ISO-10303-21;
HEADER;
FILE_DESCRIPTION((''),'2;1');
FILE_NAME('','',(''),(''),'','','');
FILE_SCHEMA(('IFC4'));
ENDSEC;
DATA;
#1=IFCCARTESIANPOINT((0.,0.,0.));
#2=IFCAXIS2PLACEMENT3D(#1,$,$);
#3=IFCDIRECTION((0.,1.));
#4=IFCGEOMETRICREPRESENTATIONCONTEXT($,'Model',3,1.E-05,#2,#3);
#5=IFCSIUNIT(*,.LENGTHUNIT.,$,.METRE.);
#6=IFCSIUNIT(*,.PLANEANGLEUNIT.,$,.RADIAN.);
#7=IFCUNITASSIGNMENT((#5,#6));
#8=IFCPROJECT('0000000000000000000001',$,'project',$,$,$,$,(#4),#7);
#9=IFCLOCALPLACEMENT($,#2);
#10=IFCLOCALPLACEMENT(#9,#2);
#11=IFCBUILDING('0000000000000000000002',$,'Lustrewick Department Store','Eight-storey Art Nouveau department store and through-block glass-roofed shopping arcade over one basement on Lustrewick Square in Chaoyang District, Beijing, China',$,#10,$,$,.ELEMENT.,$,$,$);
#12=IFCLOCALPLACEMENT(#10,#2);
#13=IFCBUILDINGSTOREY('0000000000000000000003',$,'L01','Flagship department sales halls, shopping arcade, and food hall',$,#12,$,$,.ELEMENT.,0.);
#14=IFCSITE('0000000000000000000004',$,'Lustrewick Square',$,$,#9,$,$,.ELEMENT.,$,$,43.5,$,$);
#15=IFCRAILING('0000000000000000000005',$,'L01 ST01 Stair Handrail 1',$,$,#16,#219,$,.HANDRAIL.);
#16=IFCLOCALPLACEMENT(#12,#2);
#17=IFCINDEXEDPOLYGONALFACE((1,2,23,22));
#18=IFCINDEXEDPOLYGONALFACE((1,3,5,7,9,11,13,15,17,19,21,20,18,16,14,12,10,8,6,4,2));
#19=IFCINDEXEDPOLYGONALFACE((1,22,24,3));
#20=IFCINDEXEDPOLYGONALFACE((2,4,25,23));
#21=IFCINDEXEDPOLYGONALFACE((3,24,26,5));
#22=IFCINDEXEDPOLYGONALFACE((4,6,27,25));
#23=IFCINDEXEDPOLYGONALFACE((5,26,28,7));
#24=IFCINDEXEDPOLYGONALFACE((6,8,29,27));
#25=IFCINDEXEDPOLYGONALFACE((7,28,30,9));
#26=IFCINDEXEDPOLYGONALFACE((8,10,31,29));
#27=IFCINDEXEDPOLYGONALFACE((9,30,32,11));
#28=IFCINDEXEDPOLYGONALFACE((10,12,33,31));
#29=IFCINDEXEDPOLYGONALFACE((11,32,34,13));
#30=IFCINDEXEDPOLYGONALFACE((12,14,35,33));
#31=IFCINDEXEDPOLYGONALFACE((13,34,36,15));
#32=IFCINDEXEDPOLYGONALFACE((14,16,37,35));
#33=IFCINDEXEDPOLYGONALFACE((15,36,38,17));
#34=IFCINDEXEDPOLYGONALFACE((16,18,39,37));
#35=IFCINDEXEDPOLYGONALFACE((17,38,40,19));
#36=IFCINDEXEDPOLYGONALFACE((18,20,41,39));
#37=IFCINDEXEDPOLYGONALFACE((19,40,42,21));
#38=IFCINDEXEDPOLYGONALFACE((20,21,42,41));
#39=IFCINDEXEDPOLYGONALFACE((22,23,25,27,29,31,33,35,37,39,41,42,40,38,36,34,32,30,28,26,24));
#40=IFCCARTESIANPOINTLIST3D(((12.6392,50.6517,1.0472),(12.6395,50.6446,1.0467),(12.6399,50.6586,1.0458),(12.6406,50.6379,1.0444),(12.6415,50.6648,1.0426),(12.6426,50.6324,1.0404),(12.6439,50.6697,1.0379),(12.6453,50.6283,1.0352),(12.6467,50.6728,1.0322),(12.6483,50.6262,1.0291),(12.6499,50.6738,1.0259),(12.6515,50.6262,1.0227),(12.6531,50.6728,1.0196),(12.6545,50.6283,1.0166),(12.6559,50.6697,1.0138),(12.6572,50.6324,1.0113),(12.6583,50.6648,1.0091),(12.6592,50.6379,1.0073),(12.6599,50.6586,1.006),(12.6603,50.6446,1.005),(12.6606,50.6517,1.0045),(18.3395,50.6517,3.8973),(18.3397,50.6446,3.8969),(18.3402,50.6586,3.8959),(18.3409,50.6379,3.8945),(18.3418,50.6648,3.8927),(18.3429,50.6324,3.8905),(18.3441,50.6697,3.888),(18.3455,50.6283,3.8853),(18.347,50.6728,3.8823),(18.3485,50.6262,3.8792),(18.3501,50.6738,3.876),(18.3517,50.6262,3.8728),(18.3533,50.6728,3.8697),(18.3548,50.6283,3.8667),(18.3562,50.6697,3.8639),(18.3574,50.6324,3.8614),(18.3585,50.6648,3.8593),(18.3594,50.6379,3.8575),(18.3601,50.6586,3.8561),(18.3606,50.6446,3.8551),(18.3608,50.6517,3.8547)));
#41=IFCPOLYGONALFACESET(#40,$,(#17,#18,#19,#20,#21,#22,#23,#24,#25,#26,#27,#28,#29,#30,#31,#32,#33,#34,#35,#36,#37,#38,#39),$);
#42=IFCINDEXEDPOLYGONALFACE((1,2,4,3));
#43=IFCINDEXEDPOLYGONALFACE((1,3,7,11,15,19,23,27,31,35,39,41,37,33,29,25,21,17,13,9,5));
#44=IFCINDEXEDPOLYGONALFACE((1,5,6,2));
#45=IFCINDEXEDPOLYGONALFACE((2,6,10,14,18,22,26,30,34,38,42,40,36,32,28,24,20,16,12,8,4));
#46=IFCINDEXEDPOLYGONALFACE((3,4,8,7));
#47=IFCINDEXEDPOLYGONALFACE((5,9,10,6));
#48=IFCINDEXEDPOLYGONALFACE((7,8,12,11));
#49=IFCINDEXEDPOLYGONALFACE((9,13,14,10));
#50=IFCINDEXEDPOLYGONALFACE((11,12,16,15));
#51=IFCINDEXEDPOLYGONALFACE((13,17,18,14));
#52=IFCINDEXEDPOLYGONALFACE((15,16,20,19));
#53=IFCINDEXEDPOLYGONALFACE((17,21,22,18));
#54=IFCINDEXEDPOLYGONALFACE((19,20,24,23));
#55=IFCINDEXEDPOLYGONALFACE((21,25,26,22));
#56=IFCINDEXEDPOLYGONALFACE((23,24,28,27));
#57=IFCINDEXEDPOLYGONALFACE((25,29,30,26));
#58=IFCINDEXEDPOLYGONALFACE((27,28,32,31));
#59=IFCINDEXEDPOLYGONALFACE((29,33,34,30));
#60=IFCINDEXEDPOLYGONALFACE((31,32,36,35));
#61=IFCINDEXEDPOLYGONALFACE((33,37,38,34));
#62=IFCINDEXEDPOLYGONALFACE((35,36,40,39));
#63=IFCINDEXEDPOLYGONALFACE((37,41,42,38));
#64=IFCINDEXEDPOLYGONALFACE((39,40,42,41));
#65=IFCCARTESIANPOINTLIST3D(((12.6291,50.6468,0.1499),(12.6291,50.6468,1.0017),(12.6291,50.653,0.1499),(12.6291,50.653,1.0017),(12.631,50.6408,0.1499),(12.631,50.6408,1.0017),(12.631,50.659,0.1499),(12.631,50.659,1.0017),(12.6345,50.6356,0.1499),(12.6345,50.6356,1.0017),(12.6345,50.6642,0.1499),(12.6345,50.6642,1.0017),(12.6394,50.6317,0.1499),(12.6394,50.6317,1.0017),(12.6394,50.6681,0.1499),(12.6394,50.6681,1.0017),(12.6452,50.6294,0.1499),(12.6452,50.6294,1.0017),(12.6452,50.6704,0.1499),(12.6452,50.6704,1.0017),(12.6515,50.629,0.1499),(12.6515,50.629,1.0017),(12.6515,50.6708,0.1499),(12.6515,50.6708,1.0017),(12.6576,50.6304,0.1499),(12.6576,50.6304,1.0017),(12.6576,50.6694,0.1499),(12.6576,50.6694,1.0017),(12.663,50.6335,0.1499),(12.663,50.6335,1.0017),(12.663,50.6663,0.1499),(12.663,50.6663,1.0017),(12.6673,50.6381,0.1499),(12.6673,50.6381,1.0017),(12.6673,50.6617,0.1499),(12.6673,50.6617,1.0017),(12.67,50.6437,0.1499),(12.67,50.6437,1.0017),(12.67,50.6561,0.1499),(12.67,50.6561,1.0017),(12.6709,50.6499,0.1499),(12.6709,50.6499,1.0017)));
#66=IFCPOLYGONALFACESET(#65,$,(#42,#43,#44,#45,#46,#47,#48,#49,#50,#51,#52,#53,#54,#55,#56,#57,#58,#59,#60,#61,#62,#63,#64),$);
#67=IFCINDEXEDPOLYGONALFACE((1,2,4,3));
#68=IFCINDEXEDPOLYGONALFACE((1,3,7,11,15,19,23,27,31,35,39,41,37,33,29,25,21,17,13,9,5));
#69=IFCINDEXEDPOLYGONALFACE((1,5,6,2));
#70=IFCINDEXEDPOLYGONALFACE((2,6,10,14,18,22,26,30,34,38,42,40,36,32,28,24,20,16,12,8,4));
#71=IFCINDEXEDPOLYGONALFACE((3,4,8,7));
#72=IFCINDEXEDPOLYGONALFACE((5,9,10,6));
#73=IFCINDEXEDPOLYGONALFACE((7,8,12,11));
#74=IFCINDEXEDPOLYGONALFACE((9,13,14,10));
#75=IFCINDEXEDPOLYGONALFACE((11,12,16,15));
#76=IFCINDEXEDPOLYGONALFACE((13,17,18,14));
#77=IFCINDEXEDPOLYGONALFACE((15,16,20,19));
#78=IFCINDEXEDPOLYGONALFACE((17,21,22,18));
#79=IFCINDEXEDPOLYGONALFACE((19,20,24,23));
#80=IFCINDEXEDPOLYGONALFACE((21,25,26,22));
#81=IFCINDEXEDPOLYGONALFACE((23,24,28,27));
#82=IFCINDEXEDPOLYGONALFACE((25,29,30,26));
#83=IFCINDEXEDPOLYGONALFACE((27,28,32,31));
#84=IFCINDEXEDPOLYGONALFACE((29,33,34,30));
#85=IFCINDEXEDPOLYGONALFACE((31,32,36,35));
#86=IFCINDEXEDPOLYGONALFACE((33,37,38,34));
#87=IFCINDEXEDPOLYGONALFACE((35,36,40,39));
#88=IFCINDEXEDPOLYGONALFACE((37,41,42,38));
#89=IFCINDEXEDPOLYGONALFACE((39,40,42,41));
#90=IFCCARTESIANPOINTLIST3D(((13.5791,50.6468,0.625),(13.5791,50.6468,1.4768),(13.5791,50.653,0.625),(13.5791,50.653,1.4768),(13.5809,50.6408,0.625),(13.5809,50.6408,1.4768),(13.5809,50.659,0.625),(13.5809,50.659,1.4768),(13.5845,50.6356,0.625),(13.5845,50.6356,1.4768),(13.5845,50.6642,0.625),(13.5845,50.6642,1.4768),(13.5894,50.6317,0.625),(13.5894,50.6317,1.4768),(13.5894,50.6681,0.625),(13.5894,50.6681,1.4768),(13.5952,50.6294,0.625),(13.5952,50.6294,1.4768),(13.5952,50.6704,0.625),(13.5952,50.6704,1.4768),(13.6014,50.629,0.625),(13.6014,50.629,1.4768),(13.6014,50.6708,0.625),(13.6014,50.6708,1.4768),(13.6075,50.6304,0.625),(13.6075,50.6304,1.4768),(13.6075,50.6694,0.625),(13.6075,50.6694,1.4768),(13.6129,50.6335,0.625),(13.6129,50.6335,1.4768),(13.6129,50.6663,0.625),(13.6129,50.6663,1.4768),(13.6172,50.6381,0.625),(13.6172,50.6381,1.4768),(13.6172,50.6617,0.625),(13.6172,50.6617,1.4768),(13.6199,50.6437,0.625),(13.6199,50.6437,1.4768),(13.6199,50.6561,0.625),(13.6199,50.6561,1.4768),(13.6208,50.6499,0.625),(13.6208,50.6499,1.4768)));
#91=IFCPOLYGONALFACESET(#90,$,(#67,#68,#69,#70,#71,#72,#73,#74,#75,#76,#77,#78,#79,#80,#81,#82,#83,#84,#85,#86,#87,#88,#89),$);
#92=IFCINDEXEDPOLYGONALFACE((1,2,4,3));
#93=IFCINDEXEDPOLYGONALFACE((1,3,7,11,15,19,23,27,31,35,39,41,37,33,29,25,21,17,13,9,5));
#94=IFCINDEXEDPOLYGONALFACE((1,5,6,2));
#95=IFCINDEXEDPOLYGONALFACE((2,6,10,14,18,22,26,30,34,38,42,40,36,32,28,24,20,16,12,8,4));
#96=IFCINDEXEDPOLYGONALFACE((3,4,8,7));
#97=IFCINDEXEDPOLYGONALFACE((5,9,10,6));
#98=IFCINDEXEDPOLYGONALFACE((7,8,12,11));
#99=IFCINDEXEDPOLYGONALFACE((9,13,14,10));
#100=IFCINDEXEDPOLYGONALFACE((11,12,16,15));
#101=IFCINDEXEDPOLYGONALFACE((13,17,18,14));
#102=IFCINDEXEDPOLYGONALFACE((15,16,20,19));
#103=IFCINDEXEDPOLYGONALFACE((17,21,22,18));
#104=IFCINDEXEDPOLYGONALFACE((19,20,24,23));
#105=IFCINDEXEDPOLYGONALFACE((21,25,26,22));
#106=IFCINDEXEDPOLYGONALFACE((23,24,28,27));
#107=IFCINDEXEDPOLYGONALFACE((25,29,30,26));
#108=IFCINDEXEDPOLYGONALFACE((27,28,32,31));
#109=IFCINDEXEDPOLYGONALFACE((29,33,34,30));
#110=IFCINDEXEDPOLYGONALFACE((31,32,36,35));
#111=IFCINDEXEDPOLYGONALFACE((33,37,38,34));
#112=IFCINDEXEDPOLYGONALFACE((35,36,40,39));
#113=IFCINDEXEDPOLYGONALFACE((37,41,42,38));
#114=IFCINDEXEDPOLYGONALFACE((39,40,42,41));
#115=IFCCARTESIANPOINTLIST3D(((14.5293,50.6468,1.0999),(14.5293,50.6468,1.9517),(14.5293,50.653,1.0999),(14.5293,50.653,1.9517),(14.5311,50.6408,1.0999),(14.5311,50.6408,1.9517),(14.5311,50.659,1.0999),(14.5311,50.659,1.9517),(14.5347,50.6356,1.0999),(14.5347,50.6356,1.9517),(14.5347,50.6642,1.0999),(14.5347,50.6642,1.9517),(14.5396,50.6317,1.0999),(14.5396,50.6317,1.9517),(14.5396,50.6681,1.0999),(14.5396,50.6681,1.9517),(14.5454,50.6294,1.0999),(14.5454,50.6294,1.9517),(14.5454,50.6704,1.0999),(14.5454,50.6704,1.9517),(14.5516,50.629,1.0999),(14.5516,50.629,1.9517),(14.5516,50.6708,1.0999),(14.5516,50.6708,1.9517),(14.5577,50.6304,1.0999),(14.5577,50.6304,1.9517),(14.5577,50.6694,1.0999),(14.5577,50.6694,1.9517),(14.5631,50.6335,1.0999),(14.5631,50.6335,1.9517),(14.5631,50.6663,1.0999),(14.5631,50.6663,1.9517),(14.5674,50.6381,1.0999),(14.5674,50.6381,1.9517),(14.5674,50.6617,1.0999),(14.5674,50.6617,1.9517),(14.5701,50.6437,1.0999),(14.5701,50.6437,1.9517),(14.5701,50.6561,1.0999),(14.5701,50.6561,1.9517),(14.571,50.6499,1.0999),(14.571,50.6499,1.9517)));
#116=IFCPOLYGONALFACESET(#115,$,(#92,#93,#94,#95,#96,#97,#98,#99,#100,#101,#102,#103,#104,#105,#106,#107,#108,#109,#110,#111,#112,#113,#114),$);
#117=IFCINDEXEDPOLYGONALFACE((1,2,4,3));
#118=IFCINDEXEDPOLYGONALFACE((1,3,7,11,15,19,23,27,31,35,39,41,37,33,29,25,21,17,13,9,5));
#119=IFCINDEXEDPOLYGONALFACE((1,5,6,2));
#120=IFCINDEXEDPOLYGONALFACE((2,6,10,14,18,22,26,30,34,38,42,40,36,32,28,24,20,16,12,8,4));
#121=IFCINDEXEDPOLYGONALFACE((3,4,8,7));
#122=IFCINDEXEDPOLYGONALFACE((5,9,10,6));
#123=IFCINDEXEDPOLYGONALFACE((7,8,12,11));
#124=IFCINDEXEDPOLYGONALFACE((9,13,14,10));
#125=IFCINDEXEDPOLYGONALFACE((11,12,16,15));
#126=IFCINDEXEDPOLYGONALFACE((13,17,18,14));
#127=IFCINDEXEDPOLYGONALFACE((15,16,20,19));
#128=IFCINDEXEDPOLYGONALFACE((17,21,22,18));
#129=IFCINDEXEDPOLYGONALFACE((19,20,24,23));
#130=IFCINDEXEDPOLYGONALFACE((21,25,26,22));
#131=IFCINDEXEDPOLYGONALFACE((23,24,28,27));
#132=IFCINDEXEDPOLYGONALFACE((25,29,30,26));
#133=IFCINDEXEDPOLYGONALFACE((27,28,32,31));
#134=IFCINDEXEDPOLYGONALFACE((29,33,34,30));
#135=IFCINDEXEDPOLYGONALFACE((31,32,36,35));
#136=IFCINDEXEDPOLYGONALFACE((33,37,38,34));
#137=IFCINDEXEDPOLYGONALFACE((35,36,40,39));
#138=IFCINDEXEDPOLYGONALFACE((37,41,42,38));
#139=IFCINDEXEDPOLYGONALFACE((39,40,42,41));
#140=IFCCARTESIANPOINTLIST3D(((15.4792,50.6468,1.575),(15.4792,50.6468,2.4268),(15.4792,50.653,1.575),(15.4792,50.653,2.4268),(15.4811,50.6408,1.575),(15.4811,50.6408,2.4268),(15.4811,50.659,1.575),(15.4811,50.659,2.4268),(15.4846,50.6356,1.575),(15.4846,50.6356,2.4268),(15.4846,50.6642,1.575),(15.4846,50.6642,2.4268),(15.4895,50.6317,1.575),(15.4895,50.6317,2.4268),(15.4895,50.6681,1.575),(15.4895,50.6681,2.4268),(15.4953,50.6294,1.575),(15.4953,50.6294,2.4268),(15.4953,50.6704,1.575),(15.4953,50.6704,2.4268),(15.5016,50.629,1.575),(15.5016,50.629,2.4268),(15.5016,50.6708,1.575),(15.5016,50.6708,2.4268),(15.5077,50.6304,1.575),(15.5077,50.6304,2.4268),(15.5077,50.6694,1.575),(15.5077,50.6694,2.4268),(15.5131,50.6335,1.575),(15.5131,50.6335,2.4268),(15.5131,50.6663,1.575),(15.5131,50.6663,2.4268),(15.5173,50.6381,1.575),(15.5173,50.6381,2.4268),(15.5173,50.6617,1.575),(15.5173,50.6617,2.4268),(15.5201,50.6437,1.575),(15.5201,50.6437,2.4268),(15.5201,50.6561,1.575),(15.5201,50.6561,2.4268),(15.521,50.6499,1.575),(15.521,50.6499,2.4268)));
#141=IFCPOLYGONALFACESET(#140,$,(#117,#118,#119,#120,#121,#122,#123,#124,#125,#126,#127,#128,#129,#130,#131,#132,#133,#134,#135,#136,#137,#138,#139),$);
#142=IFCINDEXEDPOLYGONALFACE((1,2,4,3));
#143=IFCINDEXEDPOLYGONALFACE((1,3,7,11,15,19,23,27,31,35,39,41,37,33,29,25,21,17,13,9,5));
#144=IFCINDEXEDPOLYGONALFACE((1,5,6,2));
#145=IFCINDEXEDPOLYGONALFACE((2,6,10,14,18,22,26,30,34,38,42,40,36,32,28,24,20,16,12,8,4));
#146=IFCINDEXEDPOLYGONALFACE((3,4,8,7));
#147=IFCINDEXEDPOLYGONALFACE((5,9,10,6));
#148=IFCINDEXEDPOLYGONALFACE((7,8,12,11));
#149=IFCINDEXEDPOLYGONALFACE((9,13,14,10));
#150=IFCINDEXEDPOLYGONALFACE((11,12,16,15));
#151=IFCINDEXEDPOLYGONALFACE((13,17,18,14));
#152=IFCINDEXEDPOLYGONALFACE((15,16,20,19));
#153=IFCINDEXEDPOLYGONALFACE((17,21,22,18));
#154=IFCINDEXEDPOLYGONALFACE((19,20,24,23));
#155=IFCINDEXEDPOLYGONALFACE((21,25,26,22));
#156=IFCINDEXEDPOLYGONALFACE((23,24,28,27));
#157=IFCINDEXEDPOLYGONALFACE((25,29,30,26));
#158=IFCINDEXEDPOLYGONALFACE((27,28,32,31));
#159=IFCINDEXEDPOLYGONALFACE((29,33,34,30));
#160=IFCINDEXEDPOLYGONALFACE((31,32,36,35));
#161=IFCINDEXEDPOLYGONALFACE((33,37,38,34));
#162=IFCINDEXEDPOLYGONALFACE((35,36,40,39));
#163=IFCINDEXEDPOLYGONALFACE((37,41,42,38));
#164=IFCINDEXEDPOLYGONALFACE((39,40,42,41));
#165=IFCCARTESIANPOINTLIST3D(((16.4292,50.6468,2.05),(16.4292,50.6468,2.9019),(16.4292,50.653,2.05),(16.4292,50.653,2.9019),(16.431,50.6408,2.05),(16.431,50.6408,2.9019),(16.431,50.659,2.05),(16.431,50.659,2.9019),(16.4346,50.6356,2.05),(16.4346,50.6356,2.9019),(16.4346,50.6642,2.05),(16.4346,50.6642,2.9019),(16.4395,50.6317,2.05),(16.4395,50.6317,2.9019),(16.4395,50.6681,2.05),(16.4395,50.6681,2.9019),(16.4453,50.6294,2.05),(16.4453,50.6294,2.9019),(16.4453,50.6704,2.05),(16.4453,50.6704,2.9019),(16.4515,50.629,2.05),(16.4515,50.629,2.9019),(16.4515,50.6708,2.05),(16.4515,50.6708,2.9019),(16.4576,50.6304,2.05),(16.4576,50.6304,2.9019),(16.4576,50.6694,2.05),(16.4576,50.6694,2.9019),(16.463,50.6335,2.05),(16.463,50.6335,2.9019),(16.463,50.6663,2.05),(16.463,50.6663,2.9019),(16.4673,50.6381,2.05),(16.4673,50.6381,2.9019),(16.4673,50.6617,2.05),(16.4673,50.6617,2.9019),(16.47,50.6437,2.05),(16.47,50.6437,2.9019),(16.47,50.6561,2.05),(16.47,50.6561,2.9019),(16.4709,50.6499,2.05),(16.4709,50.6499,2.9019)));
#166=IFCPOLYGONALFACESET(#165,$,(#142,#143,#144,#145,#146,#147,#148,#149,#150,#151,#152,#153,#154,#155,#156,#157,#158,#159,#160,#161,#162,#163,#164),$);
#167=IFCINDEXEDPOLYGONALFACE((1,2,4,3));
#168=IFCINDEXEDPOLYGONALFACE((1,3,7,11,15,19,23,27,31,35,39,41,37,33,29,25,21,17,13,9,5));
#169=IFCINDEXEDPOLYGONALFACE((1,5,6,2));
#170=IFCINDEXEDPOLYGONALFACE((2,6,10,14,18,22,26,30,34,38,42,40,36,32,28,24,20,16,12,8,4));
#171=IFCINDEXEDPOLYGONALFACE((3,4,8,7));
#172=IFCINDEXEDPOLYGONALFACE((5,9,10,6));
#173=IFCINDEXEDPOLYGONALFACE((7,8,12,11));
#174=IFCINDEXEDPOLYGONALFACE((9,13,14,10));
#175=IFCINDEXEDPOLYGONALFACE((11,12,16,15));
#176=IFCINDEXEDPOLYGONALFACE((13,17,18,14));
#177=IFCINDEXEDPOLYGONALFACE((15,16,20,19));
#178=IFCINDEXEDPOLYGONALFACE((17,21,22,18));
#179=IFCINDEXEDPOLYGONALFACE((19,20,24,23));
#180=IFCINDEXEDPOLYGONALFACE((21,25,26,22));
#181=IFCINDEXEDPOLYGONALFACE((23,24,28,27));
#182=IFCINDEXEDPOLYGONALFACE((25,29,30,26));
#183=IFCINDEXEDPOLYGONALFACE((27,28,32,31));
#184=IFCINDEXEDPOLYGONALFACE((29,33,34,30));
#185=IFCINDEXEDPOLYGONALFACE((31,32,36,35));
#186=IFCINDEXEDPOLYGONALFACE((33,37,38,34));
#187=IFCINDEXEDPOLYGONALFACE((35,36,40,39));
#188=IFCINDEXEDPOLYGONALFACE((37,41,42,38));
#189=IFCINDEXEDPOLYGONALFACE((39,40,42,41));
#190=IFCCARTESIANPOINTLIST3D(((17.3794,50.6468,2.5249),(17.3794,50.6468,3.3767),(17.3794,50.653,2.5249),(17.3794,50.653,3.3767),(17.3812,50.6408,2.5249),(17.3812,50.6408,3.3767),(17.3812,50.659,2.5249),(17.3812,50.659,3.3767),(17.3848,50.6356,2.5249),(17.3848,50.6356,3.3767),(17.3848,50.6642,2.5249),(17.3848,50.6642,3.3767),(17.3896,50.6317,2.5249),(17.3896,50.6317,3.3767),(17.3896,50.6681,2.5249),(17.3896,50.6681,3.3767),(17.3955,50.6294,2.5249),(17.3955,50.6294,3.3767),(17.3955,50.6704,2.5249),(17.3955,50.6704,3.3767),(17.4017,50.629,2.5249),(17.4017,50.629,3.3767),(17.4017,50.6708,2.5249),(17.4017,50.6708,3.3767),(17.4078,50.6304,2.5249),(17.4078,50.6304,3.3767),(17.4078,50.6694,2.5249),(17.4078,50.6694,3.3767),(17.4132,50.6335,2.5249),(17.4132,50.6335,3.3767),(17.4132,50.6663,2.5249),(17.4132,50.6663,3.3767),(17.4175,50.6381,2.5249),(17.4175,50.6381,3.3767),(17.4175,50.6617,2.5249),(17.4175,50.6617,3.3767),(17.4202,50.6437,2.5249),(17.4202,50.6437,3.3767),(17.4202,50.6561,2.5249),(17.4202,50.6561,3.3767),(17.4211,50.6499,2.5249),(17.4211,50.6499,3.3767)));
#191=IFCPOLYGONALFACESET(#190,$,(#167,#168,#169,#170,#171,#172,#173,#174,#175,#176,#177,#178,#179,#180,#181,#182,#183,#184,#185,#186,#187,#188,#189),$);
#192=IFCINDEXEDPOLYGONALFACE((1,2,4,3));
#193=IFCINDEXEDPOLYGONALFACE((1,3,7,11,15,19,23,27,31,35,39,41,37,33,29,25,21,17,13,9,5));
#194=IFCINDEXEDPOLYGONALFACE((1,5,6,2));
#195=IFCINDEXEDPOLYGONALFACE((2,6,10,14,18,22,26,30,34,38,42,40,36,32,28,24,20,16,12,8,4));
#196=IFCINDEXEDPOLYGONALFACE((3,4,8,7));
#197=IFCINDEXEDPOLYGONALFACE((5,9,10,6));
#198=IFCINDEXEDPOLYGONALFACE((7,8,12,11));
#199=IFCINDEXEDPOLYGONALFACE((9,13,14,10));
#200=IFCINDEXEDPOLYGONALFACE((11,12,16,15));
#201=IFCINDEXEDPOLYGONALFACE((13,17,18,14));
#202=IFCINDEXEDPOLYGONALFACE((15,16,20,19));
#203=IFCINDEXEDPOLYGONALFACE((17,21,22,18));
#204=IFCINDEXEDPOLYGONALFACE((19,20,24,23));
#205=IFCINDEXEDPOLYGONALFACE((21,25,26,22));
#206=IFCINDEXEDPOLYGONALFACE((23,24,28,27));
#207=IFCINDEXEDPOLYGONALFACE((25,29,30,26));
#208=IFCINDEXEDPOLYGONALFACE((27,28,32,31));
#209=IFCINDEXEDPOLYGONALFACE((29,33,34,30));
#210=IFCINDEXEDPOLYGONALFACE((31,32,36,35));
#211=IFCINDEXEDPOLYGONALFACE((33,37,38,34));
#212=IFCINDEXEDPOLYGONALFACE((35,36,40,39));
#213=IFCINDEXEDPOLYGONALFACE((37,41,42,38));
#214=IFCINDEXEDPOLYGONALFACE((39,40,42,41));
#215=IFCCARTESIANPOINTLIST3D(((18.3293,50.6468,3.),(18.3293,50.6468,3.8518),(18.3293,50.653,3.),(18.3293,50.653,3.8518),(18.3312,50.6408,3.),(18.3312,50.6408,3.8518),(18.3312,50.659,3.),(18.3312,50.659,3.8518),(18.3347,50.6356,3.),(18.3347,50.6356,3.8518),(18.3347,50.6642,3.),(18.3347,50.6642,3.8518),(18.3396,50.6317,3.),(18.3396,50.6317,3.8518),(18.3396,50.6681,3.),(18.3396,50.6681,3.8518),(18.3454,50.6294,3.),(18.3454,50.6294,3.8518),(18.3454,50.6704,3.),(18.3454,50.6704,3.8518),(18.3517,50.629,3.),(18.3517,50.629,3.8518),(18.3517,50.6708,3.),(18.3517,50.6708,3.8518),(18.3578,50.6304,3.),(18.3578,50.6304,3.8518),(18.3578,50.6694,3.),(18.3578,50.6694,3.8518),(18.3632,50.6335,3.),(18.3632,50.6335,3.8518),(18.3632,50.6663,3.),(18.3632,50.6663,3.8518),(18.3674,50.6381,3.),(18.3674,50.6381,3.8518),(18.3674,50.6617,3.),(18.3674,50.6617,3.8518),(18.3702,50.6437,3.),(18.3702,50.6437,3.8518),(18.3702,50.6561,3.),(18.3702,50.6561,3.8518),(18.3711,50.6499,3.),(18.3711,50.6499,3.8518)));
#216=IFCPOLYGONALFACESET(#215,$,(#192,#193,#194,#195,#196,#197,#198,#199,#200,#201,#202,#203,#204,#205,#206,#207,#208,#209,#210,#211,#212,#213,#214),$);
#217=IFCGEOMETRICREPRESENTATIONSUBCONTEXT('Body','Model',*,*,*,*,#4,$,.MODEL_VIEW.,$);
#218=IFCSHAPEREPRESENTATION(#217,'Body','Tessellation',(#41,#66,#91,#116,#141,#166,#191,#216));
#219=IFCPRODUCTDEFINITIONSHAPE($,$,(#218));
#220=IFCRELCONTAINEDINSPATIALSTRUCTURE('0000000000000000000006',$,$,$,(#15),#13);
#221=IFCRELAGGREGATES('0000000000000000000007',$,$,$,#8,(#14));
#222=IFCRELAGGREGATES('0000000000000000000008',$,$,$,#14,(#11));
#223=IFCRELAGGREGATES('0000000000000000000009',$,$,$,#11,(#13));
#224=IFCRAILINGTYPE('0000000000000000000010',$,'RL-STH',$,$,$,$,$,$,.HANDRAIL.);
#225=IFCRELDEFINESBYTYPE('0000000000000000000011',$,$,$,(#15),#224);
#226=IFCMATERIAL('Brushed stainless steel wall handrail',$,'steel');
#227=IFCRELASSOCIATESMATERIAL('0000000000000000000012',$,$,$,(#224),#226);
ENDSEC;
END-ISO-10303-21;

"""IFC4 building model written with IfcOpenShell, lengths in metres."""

from ifc_helpers import new_model, si_unit, direction, frame, origin, origin_2d, place, context, subcontext, project, spatial, circle, extrude, material, type_object, element, save


model = new_model("IFC4")

# Units and contexts
model_context = context("Model", 3, precision=1e-05, world=origin(), true_north=direction((0.0, 1.0)))
body_context = subcontext(model_context, "Body", "Model", "MODEL_VIEW")
ifc_project = project(units=[si_unit("LENGTHUNIT", "METRE"), si_unit("PLANEANGLEUNIT", "RADIAN")], contexts=[model_context])

# Site, building, storey
site_placement = place(None, origin())
site = spatial("IfcSite", under=ifc_project, at=site_placement, Name="Lustrewick Square", CompositionType="ELEMENT", RefElevation=43.5)
building_placement = place(site_placement, origin())
building = spatial("IfcBuilding", under=site, at=building_placement, Name="Lustrewick Department Store", Description="Eight-storey Art Nouveau department store and through-block glass-roofed shopping arcade over one basement on Lustrewick Square in Chaoyang District, Beijing, China", CompositionType="ELEMENT")
storey_placement = place(building_placement, origin())
storey = spatial("IfcBuildingStorey", under=building, at=storey_placement, Name="L01", Description="Flagship department sales halls, shopping arcade, and food hall", CompositionType="ELEMENT", Elevation=0.0)

# Railing
ifc_material_1 = material(Name="Brushed stainless steel wall handrail", Category="steel")
railing_type_1 = type_object("IfcRailingType", Name="RL-STH", PredefinedType="HANDRAIL", material=ifc_material_1)
railing_1_placement = place(storey_placement, frame((12.6499, 50.6499, 0.1499)))
element("IfcRailing", 1, at=railing_1_placement, inside=storey, type_object=railing_type_1, Name="L01 ST01 Stair Handrail 1", PredefinedType="HANDRAIL", context=body_context, shape_type="SweptSolid", body=[
    extrude(circle(Radius=0.0239, at=origin_2d()), frame((0.0, 0.0, 0.876), z_axis=(0.894427, 0.0, 0.447214), x_axis=(0.0, 1.0, 0.0)), (0.0, 0.0, 1.0), 6.373),
    extrude(circle(Radius=0.021, at=origin_2d()), origin(), (0.0, 0.0, 1.0), 0.8518),
    extrude(circle(Radius=0.021, at=origin_2d()), frame((0.95, 0.0, 0.4751)), (0.0, 0.0, 1.0), 0.8518),
    extrude(circle(Radius=0.021, at=origin_2d()), frame((1.9001, 0.0, 0.95)), (0.0, 0.0, 1.0), 0.8518),
    extrude(circle(Radius=0.021, at=origin_2d()), frame((2.8501, 0.0, 1.425)), (0.0, 0.0, 1.0), 0.8518),
    extrude(circle(Radius=0.021, at=origin_2d()), frame((3.8, 0.0, 1.9001)), (0.0, 0.0, 1.0), 0.8518),
    extrude(circle(Radius=0.021, at=origin_2d()), frame((4.7502, 0.0, 2.375)), (0.0, 0.0, 1.0), 0.8518),
    extrude(circle(Radius=0.021, at=origin_2d()), frame((5.7002, 0.0, 2.8501)), (0.0, 0.0, 1.0), 0.8518),
])

save(model, "model.ifc")
